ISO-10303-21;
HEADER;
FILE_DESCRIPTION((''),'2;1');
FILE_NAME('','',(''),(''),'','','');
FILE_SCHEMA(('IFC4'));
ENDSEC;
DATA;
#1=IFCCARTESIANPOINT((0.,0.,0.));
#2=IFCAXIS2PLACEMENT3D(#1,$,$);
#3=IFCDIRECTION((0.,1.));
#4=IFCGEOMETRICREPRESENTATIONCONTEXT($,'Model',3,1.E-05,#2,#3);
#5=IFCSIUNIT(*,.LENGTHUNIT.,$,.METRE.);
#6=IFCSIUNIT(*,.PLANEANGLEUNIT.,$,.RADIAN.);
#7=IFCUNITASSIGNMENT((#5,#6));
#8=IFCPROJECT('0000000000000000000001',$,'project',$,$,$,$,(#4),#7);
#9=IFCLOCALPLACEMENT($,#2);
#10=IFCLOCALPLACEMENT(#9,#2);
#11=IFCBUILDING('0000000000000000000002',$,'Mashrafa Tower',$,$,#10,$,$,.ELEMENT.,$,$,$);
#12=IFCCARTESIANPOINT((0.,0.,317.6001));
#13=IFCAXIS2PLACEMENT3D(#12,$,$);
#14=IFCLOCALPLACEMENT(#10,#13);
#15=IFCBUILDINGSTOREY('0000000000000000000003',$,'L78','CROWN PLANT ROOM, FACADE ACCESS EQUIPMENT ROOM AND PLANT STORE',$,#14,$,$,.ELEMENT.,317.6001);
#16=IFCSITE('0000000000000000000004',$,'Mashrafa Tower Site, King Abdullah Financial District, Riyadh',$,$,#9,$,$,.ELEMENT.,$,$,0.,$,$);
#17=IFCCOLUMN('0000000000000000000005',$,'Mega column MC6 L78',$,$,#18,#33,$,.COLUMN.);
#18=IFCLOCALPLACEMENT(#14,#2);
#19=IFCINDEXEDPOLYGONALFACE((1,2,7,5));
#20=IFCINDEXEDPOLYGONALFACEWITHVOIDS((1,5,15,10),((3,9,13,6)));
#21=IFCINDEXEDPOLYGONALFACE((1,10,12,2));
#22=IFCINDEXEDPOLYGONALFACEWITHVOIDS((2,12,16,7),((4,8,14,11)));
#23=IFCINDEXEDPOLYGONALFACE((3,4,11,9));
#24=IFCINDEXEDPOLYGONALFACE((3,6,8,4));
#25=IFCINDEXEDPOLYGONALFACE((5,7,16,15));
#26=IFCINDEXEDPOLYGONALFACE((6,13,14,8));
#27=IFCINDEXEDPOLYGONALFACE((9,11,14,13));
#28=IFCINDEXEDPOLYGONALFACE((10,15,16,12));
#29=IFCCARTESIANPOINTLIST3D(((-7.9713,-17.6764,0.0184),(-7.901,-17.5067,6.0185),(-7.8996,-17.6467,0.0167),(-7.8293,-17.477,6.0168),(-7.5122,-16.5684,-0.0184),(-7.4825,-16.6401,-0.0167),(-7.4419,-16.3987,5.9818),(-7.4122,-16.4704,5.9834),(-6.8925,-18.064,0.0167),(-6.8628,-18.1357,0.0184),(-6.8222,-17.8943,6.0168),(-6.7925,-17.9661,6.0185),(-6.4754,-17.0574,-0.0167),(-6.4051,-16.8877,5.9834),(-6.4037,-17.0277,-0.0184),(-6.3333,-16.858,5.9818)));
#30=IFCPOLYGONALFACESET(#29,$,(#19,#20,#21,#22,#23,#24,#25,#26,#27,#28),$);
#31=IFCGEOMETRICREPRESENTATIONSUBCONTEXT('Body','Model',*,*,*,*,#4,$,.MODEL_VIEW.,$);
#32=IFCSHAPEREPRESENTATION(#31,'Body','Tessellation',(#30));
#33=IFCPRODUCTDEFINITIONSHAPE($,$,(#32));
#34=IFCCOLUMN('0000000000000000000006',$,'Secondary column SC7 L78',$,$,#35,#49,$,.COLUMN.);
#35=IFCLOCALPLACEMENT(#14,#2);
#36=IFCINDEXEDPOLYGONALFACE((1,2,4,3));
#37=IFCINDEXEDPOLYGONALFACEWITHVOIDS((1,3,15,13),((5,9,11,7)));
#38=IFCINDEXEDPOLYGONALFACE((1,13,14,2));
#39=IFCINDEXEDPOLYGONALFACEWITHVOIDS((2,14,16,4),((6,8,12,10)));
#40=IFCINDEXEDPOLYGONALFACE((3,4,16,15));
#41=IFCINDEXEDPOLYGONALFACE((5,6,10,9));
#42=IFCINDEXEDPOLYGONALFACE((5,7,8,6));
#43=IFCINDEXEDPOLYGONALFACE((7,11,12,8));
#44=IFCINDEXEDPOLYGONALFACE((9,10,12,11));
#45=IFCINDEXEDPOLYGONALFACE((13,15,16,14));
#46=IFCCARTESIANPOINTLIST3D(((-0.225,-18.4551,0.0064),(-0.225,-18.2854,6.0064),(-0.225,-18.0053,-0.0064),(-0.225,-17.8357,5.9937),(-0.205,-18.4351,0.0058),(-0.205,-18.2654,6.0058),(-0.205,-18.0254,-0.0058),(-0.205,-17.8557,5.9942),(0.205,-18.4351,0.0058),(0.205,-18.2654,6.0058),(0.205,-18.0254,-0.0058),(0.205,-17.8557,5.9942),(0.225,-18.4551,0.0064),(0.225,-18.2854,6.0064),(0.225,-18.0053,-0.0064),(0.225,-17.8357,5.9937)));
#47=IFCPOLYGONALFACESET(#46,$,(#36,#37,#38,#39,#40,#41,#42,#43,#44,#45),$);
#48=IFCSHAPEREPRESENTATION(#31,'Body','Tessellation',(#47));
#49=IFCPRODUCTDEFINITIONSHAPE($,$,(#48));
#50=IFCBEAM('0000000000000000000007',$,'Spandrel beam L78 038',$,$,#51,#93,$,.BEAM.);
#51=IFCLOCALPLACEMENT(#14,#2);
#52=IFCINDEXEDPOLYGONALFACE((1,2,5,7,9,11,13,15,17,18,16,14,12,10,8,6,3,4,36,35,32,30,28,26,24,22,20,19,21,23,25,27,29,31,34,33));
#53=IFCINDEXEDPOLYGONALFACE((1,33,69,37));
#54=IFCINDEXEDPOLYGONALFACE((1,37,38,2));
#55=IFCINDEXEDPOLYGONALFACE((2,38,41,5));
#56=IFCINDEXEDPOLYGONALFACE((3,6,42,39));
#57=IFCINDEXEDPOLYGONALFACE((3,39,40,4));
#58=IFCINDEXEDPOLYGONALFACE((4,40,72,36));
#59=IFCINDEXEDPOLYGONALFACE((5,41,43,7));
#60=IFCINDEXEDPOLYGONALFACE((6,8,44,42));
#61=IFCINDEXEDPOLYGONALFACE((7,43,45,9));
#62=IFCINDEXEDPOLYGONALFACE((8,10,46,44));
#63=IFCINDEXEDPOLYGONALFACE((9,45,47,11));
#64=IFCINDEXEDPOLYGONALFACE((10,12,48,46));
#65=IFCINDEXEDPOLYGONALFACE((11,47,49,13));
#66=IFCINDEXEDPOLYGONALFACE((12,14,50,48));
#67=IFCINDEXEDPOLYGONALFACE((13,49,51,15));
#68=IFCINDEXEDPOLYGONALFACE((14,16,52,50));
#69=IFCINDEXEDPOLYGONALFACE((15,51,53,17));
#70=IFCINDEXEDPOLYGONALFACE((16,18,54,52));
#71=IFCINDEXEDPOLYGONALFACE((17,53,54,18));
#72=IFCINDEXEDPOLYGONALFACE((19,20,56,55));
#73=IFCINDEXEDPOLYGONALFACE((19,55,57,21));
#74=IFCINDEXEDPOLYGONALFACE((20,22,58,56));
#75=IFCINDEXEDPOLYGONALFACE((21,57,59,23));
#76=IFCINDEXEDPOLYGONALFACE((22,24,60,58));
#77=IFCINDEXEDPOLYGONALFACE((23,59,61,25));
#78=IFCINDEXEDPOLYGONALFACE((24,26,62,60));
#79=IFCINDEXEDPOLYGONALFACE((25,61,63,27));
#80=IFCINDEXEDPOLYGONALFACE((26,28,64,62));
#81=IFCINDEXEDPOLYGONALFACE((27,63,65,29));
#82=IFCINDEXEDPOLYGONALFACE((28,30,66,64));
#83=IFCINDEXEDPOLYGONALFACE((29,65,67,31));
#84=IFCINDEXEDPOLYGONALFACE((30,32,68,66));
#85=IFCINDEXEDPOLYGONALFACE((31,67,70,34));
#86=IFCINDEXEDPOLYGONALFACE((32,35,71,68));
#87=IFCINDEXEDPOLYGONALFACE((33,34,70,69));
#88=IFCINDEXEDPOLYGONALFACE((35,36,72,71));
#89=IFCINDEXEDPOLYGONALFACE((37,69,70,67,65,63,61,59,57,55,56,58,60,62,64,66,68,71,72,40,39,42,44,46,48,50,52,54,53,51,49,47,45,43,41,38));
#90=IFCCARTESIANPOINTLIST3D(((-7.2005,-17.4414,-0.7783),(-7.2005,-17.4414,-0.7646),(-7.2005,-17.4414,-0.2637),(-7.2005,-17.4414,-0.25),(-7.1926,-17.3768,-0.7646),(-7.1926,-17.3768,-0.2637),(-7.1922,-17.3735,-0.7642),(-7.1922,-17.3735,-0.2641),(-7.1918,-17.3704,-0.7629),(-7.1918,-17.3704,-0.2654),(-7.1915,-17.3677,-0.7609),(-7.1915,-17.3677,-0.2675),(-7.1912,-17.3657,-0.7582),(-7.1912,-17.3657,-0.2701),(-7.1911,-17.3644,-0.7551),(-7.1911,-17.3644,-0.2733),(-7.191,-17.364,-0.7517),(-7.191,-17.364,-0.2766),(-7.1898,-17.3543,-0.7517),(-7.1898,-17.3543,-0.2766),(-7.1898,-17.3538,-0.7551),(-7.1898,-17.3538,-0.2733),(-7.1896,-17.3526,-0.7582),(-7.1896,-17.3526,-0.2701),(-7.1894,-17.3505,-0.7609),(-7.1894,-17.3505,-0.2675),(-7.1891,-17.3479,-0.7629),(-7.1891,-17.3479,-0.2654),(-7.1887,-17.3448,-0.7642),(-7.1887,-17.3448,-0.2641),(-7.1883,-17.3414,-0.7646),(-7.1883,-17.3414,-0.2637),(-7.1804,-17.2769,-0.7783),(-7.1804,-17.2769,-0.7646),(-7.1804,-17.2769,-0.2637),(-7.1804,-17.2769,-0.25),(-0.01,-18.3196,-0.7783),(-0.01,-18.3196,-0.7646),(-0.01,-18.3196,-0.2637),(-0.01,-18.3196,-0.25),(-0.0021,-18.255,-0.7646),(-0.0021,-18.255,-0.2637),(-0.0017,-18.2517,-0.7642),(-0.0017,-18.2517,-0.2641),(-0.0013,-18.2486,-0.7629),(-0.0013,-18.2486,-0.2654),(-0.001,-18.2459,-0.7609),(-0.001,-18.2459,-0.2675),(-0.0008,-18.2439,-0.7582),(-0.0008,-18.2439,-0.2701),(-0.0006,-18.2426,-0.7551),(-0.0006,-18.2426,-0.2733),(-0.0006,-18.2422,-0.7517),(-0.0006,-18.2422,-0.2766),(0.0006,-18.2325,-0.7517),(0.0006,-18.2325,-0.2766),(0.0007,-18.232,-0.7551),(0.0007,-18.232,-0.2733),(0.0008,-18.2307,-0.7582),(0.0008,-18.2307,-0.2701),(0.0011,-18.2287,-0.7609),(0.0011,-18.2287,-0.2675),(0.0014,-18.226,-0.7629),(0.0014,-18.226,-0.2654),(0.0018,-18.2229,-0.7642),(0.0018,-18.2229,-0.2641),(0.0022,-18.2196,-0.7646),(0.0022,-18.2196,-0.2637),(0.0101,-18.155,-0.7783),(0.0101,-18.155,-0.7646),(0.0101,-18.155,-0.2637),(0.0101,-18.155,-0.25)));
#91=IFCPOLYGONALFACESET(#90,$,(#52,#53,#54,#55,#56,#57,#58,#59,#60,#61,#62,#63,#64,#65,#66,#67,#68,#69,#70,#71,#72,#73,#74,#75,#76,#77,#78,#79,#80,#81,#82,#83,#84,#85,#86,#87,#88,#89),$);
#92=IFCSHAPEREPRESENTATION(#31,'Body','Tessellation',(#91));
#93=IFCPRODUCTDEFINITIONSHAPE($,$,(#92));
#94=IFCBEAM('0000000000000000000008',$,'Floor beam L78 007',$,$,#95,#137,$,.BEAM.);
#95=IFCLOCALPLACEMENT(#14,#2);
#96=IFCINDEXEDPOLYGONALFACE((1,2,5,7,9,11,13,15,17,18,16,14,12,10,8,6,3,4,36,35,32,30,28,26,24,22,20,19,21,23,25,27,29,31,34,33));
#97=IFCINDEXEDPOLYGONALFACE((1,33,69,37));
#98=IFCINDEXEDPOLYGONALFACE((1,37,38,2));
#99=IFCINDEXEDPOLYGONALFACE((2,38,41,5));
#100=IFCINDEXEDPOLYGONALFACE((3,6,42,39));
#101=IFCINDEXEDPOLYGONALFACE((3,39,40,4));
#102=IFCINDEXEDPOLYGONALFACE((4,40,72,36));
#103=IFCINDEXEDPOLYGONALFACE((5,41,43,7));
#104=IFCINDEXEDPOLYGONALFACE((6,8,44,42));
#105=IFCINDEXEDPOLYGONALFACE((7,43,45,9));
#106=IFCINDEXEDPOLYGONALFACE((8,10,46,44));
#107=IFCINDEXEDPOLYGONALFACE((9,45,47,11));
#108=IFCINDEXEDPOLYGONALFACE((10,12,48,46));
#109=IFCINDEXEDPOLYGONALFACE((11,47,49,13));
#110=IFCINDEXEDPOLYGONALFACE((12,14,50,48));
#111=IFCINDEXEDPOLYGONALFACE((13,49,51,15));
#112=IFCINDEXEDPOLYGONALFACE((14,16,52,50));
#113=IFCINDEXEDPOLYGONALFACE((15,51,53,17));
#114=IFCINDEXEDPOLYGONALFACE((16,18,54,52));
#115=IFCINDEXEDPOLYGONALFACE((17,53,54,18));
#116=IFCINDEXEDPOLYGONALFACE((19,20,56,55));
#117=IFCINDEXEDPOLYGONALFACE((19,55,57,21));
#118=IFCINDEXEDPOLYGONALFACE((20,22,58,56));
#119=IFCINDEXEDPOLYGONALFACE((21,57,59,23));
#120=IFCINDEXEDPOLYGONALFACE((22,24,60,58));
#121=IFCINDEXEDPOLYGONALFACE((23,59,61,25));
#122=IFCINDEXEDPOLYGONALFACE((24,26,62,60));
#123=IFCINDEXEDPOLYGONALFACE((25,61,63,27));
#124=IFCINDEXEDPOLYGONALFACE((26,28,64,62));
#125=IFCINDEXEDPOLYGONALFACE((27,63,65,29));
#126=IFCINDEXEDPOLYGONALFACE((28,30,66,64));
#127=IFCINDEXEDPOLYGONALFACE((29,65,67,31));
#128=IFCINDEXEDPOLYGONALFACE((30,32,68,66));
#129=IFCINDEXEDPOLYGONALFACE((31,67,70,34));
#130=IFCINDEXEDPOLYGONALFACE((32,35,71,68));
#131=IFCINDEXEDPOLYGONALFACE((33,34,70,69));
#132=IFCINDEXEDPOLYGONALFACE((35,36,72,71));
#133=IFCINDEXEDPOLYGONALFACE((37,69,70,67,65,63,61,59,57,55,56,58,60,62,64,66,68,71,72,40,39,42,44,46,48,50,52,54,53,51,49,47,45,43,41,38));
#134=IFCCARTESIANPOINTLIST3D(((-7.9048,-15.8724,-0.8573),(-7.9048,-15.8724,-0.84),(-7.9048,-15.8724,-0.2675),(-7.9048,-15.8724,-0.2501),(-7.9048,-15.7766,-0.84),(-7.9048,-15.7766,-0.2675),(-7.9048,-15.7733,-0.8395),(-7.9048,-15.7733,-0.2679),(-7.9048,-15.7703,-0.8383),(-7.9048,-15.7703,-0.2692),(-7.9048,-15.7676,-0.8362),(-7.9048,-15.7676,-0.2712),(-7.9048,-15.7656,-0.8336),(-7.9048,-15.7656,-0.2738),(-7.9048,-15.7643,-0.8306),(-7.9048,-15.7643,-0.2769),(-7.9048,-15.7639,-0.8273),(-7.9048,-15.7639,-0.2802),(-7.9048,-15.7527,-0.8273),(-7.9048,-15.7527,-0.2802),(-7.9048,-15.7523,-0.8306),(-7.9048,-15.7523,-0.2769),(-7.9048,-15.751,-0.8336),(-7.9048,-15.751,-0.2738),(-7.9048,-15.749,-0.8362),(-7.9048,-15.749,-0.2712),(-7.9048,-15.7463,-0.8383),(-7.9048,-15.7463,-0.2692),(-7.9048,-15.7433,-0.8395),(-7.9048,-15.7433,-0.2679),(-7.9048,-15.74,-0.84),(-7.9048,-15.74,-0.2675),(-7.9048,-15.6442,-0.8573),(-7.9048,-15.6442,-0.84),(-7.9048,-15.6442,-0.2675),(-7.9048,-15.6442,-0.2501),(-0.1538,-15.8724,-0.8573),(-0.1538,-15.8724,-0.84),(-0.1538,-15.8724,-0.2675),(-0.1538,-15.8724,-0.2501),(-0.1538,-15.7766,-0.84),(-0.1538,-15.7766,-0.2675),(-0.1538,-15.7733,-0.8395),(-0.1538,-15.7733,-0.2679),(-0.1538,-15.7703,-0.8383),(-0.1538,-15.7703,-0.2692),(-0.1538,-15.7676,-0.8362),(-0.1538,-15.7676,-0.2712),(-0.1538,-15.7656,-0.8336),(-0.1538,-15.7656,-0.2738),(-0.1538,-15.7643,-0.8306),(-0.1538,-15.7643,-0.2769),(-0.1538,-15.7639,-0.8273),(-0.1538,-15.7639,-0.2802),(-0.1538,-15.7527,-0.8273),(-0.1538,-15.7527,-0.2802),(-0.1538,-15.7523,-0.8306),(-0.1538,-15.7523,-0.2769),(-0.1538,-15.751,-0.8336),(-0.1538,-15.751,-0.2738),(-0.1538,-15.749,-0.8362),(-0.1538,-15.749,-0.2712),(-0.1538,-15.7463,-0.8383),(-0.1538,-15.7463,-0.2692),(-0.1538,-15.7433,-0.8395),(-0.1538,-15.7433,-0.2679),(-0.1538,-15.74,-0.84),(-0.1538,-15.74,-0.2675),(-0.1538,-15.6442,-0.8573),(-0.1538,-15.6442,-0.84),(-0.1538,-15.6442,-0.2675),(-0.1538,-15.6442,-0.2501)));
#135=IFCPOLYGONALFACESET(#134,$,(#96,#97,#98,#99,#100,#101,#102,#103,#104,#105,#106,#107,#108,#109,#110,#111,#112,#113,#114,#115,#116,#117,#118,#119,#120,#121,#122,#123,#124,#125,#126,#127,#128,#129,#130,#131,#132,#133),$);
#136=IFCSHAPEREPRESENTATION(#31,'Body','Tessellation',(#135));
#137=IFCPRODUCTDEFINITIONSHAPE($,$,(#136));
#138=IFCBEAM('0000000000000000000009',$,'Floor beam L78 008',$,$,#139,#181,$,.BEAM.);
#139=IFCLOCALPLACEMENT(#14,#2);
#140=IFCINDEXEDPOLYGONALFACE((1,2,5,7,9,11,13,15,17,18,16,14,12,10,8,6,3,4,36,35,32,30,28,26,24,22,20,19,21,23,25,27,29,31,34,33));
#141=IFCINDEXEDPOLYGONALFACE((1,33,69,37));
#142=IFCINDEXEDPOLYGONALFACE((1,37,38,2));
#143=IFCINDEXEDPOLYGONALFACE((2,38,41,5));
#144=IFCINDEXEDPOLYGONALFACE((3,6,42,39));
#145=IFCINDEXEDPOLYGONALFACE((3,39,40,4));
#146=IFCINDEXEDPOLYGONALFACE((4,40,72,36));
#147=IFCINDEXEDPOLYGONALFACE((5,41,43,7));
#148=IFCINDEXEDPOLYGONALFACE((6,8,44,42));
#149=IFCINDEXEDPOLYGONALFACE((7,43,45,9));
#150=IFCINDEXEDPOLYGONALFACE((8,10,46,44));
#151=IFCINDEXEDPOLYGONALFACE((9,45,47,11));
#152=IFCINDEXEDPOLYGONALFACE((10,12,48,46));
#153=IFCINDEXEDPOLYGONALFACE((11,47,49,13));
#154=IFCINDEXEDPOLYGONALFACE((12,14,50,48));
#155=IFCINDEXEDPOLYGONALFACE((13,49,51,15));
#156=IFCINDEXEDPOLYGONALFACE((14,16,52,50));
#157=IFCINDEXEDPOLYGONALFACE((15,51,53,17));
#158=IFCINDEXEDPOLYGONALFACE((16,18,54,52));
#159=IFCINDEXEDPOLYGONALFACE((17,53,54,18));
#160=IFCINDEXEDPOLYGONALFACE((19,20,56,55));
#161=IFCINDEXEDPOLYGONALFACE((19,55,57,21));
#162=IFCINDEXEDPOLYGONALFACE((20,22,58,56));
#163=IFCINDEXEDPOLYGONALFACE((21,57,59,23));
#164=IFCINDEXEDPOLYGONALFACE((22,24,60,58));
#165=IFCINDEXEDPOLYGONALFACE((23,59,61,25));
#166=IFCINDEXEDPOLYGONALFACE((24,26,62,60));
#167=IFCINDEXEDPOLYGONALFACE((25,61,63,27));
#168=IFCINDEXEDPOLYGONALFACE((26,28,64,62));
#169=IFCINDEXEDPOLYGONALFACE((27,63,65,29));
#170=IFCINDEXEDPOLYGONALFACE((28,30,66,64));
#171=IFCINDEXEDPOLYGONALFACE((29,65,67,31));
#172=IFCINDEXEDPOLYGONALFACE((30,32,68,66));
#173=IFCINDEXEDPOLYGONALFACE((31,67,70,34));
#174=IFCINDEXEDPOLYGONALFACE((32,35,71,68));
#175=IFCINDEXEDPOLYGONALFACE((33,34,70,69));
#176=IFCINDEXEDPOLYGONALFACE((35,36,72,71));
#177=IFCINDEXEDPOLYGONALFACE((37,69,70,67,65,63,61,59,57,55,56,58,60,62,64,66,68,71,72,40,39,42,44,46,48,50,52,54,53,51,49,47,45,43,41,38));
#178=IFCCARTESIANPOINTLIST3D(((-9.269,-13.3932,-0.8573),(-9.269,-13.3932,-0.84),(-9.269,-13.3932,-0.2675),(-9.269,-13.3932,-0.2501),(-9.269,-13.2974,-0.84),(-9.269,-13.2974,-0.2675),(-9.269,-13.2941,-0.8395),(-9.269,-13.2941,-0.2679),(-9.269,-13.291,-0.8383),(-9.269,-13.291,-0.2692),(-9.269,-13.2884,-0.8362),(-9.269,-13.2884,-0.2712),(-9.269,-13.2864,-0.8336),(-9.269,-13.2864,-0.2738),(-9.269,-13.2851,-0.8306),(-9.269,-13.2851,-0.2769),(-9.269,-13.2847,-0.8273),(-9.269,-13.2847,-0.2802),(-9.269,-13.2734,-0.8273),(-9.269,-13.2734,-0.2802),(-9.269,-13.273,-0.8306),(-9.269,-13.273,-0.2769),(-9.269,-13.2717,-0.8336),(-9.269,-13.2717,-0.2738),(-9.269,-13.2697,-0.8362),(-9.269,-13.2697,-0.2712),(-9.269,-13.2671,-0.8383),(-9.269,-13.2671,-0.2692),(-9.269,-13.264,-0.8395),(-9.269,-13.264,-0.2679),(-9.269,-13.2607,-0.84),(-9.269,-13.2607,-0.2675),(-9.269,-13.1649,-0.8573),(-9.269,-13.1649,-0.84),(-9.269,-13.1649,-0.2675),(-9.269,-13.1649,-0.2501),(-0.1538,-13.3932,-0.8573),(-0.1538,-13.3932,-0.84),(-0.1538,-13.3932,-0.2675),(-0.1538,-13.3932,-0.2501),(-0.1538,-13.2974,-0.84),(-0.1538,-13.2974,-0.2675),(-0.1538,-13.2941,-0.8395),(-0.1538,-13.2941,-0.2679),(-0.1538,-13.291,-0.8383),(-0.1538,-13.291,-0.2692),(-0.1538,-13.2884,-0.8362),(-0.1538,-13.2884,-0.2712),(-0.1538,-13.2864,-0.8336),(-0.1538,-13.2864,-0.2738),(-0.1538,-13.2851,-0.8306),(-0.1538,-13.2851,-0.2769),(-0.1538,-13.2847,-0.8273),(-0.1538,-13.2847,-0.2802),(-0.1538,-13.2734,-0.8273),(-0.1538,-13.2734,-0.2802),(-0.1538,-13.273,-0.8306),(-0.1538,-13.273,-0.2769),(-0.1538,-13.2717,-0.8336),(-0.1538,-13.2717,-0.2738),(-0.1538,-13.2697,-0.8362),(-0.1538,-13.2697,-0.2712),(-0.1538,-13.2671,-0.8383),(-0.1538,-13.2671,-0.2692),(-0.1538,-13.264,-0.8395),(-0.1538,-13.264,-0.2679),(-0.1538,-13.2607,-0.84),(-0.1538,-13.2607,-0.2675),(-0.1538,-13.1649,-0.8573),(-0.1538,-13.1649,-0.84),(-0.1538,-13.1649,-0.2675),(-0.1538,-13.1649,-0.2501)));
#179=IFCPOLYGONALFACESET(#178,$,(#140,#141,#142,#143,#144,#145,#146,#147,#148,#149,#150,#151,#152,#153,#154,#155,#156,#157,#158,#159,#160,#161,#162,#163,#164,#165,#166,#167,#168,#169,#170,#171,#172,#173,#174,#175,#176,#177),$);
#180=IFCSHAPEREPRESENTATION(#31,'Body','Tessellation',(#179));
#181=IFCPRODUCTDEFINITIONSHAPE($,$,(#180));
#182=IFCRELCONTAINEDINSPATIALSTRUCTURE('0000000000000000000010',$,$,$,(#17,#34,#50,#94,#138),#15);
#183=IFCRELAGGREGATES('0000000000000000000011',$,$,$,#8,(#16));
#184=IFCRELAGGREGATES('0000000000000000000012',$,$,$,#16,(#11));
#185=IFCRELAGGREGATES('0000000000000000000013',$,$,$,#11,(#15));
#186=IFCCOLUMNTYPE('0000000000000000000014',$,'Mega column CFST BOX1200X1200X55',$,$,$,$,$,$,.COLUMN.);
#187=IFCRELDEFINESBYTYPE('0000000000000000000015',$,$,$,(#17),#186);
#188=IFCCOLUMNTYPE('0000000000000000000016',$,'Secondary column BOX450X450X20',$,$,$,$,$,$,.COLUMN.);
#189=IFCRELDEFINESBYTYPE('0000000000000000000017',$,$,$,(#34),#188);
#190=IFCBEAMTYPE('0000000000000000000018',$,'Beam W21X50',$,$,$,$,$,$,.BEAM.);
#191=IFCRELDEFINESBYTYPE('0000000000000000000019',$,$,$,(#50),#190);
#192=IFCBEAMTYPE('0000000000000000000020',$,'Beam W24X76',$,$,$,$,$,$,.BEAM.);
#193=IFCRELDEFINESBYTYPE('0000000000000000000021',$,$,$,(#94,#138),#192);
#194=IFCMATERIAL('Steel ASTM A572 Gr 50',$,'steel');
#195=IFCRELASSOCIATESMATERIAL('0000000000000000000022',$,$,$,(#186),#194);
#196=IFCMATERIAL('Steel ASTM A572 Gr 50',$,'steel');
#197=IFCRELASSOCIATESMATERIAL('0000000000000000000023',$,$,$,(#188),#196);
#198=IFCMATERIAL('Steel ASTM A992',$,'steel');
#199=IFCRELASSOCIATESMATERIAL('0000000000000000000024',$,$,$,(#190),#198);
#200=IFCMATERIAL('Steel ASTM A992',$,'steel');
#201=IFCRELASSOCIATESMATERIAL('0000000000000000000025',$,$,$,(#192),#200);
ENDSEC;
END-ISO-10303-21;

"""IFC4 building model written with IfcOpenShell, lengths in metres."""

from ifc_helpers import new_model, si_unit, direction, frame, origin, origin_2d, place, context, subcontext, project, spatial, hollow_rectangle, i_section, extrude, material, material_profile, profile_set, type_object, element, save


model = new_model("IFC4")

# Units and contexts
model_context = context("Model", 3, precision=1e-05, world=origin(), true_north=direction((0.0, 1.0)))
body_context = subcontext(model_context, "Body", "Model", "MODEL_VIEW")
ifc_project = project(units=[si_unit("LENGTHUNIT", "METRE"), si_unit("PLANEANGLEUNIT", "RADIAN")], contexts=[model_context])

# Site, building, storey
site_placement = place(None, origin())
site = spatial("IfcSite", under=ifc_project, at=site_placement, Name="Mashrafa Tower Site, King Abdullah Financial District, Riyadh", CompositionType="ELEMENT", RefElevation=0.0)
building_placement = place(site_placement, origin())
building = spatial("IfcBuilding", under=site, at=building_placement, Name="Mashrafa Tower", CompositionType="ELEMENT")
storey_placement = place(building_placement, frame((0.0, 0.0, 317.6001)))
storey = spatial("IfcBuildingStorey", under=building, at=storey_placement, Name="L78", Description="CROWN PLANT ROOM, FACADE ACCESS EQUIPMENT ROOM AND PLANT STORE", CompositionType="ELEMENT", Elevation=317.6001)

# Columns
ifc_material_1 = material(Name="Steel ASTM A572 Gr 50", Category="steel")
ifc_material_profile_1 = material_profile(ifc_material_1, hollow_rectangle(XDim=1.2, YDim=1.2, WallThickness=0.0549, at=origin_2d()), Name="BOX1200X1200X55")
ifc_profile_set_1 = profile_set([ifc_material_profile_1], Name="Steel ASTM A572 Gr 50")
column_type_1 = type_object("IfcColumnType", Name="Mega column CFST BOX1200X1200X55", PredefinedType="COLUMN", material=ifc_profile_set_1)
column_1_placement = place(storey_placement, frame((-7.1875, -17.3521, 0.0), z_axis=(0.011713, 0.028266, 0.999532), x_axis=(-0.923822, 0.382821, 0.0)))
element("IfcColumn", 1, at=column_1_placement, inside=storey, type_object=column_type_1, Name="Mega column MC6 L78", PredefinedType="COLUMN", context=body_context, shape_type="SweptSolid", body=[
    extrude(hollow_rectangle(XDim=1.2, YDim=1.2, WallThickness=0.0549, at=origin_2d()), origin(), (0.0, 0.0, 1.0), 6.0029),
])
ifc_material_2 = material(Name="Steel ASTM A572 Gr 50", Category="steel")
ifc_material_profile_2 = material_profile(ifc_material_2, hollow_rectangle(XDim=0.45, YDim=0.45, WallThickness=0.02, at=origin_2d()), Name="BOX450X450X20")
ifc_profile_set_2 = profile_set([ifc_material_profile_2], Name="Steel ASTM A572 Gr 50")
column_type_2 = type_object("IfcColumnType", Name="Secondary column BOX450X450X20", PredefinedType="COLUMN", material=ifc_profile_set_2)
column_2_placement = place(storey_placement, frame((0.0, -18.2302, 0.0), z_axis=(0.0, 0.028268, 0.9996), x_axis=(-1.0, 0.0, 0.0)))
element("IfcColumn", 2, at=column_2_placement, inside=storey, type_object=column_type_2, Name="Secondary column SC7 L78", PredefinedType="COLUMN", context=body_context, shape_type="SweptSolid", body=[
    extrude(hollow_rectangle(XDim=0.45, YDim=0.45, WallThickness=0.02, at=origin_2d()), origin(), (0.0, 0.0, 1.0), 6.0024),
])

# Beams
ifc_material_3 = material(Name="Steel ASTM A992", Category="steel")
ifc_material_profile_3 = material_profile(ifc_material_3, i_section(OverallWidth=0.1658, OverallDepth=0.5283, WebThickness=0.0098, FlangeThickness=0.0137, FilletRadius=0.0129, at=origin_2d()), Name="W21X50")
ifc_profile_set_3 = profile_set([ifc_material_profile_3], Name="Steel ASTM A992")
beam_type_1 = type_object("IfcBeamType", Name="Beam W21X50", PredefinedType="BEAM", material=ifc_profile_set_3)
beam_1_placement = place(storey_placement, frame((-7.1904, -17.3591, -0.5142), z_axis=(0.992624, -0.12123, 0.0), x_axis=(0.12123, 0.992624, 0.0)))
element("IfcBeam", 3, at=beam_1_placement, inside=storey, type_object=beam_type_1, Name="Spandrel beam L78 038", PredefinedType="BEAM", context=body_context, shape_type="SweptSolid", body=[
    extrude(i_section(OverallWidth=0.1658, OverallDepth=0.5283, WebThickness=0.0098, FlangeThickness=0.0137, FilletRadius=0.0129, at=origin_2d()), origin(), (0.0, 0.0, 1.0), 7.2439),
])
ifc_material_4 = material(Name="Steel ASTM A992", Category="steel")
ifc_material_profile_4 = material_profile(ifc_material_4, i_section(OverallWidth=0.2283, OverallDepth=0.6072, WebThickness=0.0112, FlangeThickness=0.0173, FilletRadius=0.0127, at=origin_2d()), Name="W24X76")
ifc_profile_set_4 = profile_set([ifc_material_profile_4], Name="Steel ASTM A992")
beam_type_2 = type_object("IfcBeamType", Name="Beam W24X76", PredefinedType="BEAM", material=ifc_profile_set_4)
beam_2_placement = place(storey_placement, frame((-0.1538, -15.7583, -0.5537), z_axis=(-1.0, 0.0, 0.0), x_axis=(0.0, -1.0, 0.0)))
element("IfcBeam", 4, at=beam_2_placement, inside=storey, type_object=beam_type_2, Name="Floor beam L78 007", PredefinedType="BEAM", context=body_context, shape_type="SweptSolid", body=[
    extrude(i_section(OverallWidth=0.2283, OverallDepth=0.6072, WebThickness=0.0112, FlangeThickness=0.0173, FilletRadius=0.0127, at=origin_2d()), origin(), (0.0, 0.0, 1.0), 7.751),
])
beam_3_placement = place(storey_placement, frame((-0.1538, -13.2791, -0.5537), z_axis=(-1.0, 0.0, 0.0), x_axis=(0.0, -1.0, 0.0)))
element("IfcBeam", 5, at=beam_3_placement, inside=storey, type_object=beam_type_2, Name="Floor beam L78 008", PredefinedType="BEAM", context=body_context, shape_type="SweptSolid", body=[
    extrude(i_section(OverallWidth=0.2283, OverallDepth=0.6072, WebThickness=0.0112, FlangeThickness=0.0173, FilletRadius=0.0127, at=origin_2d()), origin(), (0.0, 0.0, 1.0), 9.1152),
])

save(model, "model.ifc")
